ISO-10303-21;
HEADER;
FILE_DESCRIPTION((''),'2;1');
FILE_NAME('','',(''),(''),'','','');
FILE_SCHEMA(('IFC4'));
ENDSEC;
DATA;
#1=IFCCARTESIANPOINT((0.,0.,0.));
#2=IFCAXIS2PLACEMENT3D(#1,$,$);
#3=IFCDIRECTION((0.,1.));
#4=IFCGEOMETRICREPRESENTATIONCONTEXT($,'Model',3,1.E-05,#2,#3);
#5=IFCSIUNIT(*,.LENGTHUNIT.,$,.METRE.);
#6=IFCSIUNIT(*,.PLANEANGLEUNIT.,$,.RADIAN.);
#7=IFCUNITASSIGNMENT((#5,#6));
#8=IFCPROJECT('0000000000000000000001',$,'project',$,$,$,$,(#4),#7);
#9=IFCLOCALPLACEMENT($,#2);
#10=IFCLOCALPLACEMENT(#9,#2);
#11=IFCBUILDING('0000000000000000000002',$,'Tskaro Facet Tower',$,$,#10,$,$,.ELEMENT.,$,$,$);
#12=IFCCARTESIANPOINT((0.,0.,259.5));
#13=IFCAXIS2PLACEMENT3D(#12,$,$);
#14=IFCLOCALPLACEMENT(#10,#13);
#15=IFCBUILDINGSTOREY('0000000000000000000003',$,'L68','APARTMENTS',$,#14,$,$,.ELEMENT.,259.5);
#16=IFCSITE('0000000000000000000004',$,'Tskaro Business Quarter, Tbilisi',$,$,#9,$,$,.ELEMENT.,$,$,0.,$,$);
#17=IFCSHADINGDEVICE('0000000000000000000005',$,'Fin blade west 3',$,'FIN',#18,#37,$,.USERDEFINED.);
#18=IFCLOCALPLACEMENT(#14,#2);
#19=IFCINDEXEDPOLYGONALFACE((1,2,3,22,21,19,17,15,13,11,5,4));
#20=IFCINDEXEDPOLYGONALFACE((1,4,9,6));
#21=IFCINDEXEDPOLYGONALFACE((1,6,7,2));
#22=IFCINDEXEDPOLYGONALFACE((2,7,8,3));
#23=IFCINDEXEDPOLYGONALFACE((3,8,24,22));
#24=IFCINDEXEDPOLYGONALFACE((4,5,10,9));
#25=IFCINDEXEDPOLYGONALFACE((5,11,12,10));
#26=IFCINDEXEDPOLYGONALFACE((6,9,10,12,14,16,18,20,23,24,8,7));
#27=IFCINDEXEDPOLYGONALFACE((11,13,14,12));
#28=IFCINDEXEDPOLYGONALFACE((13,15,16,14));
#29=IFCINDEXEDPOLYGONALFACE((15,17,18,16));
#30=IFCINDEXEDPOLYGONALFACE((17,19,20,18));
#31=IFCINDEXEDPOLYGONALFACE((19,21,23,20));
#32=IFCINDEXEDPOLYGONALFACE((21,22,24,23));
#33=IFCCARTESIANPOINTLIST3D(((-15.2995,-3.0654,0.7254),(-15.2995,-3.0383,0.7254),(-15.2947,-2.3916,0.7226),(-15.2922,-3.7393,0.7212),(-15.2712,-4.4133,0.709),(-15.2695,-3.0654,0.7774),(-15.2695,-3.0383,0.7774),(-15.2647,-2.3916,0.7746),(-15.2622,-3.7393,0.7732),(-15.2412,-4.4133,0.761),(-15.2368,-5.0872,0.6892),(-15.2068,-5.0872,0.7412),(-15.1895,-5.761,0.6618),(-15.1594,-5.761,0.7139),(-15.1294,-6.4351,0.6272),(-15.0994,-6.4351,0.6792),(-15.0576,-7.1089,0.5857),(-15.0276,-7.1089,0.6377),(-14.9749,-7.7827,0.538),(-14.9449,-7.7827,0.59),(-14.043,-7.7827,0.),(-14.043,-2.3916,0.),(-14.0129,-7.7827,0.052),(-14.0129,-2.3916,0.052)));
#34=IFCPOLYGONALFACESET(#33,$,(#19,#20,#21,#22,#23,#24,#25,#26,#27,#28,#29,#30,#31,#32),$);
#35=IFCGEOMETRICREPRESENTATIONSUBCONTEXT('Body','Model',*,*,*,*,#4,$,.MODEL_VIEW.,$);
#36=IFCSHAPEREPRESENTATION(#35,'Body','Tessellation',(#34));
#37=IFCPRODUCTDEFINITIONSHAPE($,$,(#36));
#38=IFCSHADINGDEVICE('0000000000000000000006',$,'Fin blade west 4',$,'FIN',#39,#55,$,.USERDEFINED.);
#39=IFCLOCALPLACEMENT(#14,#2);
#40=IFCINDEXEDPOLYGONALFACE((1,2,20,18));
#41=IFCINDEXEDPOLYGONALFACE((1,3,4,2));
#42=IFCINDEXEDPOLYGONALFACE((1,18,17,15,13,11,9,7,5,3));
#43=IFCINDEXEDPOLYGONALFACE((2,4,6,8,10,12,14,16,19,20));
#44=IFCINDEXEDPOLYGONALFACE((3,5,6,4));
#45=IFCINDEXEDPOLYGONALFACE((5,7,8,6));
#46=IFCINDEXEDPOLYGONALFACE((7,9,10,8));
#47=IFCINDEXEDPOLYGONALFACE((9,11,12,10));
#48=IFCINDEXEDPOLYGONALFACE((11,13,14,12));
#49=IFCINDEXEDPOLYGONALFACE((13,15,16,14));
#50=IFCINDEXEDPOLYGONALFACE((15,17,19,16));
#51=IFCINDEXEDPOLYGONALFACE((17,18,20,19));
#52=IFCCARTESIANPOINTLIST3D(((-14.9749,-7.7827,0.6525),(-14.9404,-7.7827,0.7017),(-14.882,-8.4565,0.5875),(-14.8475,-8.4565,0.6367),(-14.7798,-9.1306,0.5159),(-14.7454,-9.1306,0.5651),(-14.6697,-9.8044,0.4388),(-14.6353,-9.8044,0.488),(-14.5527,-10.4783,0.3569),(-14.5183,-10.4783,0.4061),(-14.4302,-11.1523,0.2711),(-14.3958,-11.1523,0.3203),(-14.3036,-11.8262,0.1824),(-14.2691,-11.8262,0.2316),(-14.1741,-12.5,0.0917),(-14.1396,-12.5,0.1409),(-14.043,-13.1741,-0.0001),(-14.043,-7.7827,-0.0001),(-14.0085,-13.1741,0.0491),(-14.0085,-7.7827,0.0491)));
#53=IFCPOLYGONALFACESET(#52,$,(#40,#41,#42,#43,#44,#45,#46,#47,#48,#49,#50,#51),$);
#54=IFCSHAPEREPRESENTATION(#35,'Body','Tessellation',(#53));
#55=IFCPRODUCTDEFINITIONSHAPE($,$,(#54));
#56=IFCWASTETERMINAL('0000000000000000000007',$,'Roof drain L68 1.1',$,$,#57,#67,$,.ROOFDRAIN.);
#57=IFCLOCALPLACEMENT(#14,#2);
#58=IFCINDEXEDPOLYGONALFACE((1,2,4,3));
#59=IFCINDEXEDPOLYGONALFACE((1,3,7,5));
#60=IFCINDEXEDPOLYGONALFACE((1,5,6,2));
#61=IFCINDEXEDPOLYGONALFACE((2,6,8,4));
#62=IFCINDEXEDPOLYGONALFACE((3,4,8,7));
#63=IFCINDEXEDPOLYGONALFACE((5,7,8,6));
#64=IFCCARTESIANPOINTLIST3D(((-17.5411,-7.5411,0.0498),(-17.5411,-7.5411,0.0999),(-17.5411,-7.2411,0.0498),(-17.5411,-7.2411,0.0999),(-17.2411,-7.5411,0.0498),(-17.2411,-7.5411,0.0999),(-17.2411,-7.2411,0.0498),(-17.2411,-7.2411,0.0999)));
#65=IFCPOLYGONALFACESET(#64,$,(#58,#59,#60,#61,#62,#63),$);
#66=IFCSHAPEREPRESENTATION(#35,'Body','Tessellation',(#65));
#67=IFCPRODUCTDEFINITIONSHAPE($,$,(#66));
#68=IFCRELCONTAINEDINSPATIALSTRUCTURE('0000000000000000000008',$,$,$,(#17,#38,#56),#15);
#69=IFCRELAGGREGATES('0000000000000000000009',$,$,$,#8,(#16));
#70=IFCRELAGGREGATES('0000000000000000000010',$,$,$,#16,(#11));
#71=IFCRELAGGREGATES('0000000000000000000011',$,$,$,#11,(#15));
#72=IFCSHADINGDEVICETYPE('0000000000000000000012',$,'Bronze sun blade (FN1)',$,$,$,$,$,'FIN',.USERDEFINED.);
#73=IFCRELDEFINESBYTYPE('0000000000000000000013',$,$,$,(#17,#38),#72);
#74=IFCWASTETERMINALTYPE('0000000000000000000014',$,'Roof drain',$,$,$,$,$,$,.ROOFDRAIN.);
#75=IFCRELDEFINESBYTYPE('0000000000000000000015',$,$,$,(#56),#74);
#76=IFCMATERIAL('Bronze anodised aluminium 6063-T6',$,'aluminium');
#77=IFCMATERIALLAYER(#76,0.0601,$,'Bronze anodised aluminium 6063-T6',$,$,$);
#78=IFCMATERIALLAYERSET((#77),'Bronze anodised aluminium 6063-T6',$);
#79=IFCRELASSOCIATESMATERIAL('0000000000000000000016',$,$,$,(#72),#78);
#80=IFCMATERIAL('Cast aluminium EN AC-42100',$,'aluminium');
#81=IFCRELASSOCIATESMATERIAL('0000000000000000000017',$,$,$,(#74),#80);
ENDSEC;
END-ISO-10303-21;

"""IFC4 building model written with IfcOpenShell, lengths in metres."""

from ifc_helpers import new_model, si_unit, direction, frame, origin, origin_2d, place, context, subcontext, project, spatial, polyline, rectangle, outline, extrude, material, layer, layer_set, type_object, element, save


model = new_model("IFC4")

# Units and contexts
model_context = context("Model", 3, precision=1e-05, world=origin(), true_north=direction((0.0, 1.0)))
body_context = subcontext(model_context, "Body", "Model", "MODEL_VIEW")
ifc_project = project(units=[si_unit("LENGTHUNIT", "METRE"), si_unit("PLANEANGLEUNIT", "RADIAN")], contexts=[model_context])

# Site, building, storey
site_placement = place(None, origin())
site = spatial("IfcSite", under=ifc_project, at=site_placement, Name="Tskaro Business Quarter, Tbilisi", CompositionType="ELEMENT", RefElevation=0.0)
building_placement = place(site_placement, origin())
building = spatial("IfcBuilding", under=site, at=building_placement, Name="Tskaro Facet Tower", CompositionType="ELEMENT")
storey_placement = place(building_placement, frame((0.0, 0.0, 259.5)))
storey = spatial("IfcBuildingStorey", under=building, at=storey_placement, Name="L68", Description="APARTMENTS", CompositionType="ELEMENT", Elevation=259.5)

# Shared definitions
ifc_material_1 = material(Name="Bronze anodised aluminium 6063-T6", Category="aluminium")

# Shading devices
ifc_layer_1 = layer(ifc_material_1, 0.0601, Name="Bronze anodised aluminium 6063-T6")
ifc_layer_set_1 = layer_set([ifc_layer_1], Name="Bronze anodised aluminium 6063-T6")
shading_device_type = type_object("IfcShadingDeviceType", Name="Bronze sun blade (FN1)", ElementType="FIN", PredefinedType="USERDEFINED", material=ifc_layer_set_1)
shading_device_1_placement = place(storey_placement, frame((-14.0129, -2.3916, 0.052), z_axis=(0.499955, 0.000003, 0.866052), x_axis=(0.000001, -1.0, 0.000002)))
element("IfcShadingDevice", 1, at=shading_device_1_placement, inside=storey, type_object=shading_device_type, Name="Fin blade west 3", ObjectType="FIN", PredefinedType="USERDEFINED", context=body_context, shape_type="SweptSolid", body=[
    extrude(outline(polyline([(0.0, 0.0), (5.3911, 0.0), (5.3911, -1.0761), (4.7173, -1.1716), (4.0435, -1.2545), (3.3694, -1.3238), (2.6956, -1.3785), (2.0217, -1.4182), (1.3477, -1.4425), (0.6738, -1.4509), (0.6467, -1.4509), (0.0, -1.4453), (0.0, 0.0)])), origin(), (0.0, 0.0, -1.0), 0.0601),
])
shading_device_2_placement = place(storey_placement, frame((-14.0085, -7.7827, 0.0491), z_axis=(0.573651, 0.000009, 0.8191), x_axis=(0.000005, -1.0, 0.000008)))
element("IfcShadingDevice", 2, at=shading_device_2_placement, inside=storey, type_object=shading_device_type, Name="Fin blade west 4", ObjectType="FIN", PredefinedType="USERDEFINED", context=body_context, shape_type="SweptSolid", body=[
    extrude(outline(polyline([(0.0, 0.0), (5.3914, 0.0), (4.7173, -0.16), (4.0435, -0.3181), (3.3696, -0.4728), (2.6956, -0.6223), (2.0217, -0.7651), (1.3479, -0.8996), (0.6738, -1.0243), (0.0, -1.1377), (0.0, 0.0)])), origin(), (0.0, 0.0, -1.0), 0.0601),
])

# Waste terminal
ifc_material_2 = material(Name="Cast aluminium EN AC-42100", Category="aluminium")
waste_terminal_type = type_object("IfcWasteTerminalType", Name="Roof drain", PredefinedType="ROOFDRAIN", material=ifc_material_2)
waste_terminal_placement = place(storey_placement, frame((-17.3911, -7.3911, 0.0498), z_axis=(0.0, 0.0, 1.0), x_axis=(1.0, 0.0, 0.0)))
element("IfcWasteTerminal", 3, at=waste_terminal_placement, inside=storey, type_object=waste_terminal_type, Name="Roof drain L68 1.1", PredefinedType="ROOFDRAIN", context=body_context, shape_type="SweptSolid", body=[
    extrude(rectangle(XDim=0.3, YDim=0.3, at=origin_2d()), origin(), (0.0, 0.0, 1.0), 0.05),
])

save(model, "model.ifc")
